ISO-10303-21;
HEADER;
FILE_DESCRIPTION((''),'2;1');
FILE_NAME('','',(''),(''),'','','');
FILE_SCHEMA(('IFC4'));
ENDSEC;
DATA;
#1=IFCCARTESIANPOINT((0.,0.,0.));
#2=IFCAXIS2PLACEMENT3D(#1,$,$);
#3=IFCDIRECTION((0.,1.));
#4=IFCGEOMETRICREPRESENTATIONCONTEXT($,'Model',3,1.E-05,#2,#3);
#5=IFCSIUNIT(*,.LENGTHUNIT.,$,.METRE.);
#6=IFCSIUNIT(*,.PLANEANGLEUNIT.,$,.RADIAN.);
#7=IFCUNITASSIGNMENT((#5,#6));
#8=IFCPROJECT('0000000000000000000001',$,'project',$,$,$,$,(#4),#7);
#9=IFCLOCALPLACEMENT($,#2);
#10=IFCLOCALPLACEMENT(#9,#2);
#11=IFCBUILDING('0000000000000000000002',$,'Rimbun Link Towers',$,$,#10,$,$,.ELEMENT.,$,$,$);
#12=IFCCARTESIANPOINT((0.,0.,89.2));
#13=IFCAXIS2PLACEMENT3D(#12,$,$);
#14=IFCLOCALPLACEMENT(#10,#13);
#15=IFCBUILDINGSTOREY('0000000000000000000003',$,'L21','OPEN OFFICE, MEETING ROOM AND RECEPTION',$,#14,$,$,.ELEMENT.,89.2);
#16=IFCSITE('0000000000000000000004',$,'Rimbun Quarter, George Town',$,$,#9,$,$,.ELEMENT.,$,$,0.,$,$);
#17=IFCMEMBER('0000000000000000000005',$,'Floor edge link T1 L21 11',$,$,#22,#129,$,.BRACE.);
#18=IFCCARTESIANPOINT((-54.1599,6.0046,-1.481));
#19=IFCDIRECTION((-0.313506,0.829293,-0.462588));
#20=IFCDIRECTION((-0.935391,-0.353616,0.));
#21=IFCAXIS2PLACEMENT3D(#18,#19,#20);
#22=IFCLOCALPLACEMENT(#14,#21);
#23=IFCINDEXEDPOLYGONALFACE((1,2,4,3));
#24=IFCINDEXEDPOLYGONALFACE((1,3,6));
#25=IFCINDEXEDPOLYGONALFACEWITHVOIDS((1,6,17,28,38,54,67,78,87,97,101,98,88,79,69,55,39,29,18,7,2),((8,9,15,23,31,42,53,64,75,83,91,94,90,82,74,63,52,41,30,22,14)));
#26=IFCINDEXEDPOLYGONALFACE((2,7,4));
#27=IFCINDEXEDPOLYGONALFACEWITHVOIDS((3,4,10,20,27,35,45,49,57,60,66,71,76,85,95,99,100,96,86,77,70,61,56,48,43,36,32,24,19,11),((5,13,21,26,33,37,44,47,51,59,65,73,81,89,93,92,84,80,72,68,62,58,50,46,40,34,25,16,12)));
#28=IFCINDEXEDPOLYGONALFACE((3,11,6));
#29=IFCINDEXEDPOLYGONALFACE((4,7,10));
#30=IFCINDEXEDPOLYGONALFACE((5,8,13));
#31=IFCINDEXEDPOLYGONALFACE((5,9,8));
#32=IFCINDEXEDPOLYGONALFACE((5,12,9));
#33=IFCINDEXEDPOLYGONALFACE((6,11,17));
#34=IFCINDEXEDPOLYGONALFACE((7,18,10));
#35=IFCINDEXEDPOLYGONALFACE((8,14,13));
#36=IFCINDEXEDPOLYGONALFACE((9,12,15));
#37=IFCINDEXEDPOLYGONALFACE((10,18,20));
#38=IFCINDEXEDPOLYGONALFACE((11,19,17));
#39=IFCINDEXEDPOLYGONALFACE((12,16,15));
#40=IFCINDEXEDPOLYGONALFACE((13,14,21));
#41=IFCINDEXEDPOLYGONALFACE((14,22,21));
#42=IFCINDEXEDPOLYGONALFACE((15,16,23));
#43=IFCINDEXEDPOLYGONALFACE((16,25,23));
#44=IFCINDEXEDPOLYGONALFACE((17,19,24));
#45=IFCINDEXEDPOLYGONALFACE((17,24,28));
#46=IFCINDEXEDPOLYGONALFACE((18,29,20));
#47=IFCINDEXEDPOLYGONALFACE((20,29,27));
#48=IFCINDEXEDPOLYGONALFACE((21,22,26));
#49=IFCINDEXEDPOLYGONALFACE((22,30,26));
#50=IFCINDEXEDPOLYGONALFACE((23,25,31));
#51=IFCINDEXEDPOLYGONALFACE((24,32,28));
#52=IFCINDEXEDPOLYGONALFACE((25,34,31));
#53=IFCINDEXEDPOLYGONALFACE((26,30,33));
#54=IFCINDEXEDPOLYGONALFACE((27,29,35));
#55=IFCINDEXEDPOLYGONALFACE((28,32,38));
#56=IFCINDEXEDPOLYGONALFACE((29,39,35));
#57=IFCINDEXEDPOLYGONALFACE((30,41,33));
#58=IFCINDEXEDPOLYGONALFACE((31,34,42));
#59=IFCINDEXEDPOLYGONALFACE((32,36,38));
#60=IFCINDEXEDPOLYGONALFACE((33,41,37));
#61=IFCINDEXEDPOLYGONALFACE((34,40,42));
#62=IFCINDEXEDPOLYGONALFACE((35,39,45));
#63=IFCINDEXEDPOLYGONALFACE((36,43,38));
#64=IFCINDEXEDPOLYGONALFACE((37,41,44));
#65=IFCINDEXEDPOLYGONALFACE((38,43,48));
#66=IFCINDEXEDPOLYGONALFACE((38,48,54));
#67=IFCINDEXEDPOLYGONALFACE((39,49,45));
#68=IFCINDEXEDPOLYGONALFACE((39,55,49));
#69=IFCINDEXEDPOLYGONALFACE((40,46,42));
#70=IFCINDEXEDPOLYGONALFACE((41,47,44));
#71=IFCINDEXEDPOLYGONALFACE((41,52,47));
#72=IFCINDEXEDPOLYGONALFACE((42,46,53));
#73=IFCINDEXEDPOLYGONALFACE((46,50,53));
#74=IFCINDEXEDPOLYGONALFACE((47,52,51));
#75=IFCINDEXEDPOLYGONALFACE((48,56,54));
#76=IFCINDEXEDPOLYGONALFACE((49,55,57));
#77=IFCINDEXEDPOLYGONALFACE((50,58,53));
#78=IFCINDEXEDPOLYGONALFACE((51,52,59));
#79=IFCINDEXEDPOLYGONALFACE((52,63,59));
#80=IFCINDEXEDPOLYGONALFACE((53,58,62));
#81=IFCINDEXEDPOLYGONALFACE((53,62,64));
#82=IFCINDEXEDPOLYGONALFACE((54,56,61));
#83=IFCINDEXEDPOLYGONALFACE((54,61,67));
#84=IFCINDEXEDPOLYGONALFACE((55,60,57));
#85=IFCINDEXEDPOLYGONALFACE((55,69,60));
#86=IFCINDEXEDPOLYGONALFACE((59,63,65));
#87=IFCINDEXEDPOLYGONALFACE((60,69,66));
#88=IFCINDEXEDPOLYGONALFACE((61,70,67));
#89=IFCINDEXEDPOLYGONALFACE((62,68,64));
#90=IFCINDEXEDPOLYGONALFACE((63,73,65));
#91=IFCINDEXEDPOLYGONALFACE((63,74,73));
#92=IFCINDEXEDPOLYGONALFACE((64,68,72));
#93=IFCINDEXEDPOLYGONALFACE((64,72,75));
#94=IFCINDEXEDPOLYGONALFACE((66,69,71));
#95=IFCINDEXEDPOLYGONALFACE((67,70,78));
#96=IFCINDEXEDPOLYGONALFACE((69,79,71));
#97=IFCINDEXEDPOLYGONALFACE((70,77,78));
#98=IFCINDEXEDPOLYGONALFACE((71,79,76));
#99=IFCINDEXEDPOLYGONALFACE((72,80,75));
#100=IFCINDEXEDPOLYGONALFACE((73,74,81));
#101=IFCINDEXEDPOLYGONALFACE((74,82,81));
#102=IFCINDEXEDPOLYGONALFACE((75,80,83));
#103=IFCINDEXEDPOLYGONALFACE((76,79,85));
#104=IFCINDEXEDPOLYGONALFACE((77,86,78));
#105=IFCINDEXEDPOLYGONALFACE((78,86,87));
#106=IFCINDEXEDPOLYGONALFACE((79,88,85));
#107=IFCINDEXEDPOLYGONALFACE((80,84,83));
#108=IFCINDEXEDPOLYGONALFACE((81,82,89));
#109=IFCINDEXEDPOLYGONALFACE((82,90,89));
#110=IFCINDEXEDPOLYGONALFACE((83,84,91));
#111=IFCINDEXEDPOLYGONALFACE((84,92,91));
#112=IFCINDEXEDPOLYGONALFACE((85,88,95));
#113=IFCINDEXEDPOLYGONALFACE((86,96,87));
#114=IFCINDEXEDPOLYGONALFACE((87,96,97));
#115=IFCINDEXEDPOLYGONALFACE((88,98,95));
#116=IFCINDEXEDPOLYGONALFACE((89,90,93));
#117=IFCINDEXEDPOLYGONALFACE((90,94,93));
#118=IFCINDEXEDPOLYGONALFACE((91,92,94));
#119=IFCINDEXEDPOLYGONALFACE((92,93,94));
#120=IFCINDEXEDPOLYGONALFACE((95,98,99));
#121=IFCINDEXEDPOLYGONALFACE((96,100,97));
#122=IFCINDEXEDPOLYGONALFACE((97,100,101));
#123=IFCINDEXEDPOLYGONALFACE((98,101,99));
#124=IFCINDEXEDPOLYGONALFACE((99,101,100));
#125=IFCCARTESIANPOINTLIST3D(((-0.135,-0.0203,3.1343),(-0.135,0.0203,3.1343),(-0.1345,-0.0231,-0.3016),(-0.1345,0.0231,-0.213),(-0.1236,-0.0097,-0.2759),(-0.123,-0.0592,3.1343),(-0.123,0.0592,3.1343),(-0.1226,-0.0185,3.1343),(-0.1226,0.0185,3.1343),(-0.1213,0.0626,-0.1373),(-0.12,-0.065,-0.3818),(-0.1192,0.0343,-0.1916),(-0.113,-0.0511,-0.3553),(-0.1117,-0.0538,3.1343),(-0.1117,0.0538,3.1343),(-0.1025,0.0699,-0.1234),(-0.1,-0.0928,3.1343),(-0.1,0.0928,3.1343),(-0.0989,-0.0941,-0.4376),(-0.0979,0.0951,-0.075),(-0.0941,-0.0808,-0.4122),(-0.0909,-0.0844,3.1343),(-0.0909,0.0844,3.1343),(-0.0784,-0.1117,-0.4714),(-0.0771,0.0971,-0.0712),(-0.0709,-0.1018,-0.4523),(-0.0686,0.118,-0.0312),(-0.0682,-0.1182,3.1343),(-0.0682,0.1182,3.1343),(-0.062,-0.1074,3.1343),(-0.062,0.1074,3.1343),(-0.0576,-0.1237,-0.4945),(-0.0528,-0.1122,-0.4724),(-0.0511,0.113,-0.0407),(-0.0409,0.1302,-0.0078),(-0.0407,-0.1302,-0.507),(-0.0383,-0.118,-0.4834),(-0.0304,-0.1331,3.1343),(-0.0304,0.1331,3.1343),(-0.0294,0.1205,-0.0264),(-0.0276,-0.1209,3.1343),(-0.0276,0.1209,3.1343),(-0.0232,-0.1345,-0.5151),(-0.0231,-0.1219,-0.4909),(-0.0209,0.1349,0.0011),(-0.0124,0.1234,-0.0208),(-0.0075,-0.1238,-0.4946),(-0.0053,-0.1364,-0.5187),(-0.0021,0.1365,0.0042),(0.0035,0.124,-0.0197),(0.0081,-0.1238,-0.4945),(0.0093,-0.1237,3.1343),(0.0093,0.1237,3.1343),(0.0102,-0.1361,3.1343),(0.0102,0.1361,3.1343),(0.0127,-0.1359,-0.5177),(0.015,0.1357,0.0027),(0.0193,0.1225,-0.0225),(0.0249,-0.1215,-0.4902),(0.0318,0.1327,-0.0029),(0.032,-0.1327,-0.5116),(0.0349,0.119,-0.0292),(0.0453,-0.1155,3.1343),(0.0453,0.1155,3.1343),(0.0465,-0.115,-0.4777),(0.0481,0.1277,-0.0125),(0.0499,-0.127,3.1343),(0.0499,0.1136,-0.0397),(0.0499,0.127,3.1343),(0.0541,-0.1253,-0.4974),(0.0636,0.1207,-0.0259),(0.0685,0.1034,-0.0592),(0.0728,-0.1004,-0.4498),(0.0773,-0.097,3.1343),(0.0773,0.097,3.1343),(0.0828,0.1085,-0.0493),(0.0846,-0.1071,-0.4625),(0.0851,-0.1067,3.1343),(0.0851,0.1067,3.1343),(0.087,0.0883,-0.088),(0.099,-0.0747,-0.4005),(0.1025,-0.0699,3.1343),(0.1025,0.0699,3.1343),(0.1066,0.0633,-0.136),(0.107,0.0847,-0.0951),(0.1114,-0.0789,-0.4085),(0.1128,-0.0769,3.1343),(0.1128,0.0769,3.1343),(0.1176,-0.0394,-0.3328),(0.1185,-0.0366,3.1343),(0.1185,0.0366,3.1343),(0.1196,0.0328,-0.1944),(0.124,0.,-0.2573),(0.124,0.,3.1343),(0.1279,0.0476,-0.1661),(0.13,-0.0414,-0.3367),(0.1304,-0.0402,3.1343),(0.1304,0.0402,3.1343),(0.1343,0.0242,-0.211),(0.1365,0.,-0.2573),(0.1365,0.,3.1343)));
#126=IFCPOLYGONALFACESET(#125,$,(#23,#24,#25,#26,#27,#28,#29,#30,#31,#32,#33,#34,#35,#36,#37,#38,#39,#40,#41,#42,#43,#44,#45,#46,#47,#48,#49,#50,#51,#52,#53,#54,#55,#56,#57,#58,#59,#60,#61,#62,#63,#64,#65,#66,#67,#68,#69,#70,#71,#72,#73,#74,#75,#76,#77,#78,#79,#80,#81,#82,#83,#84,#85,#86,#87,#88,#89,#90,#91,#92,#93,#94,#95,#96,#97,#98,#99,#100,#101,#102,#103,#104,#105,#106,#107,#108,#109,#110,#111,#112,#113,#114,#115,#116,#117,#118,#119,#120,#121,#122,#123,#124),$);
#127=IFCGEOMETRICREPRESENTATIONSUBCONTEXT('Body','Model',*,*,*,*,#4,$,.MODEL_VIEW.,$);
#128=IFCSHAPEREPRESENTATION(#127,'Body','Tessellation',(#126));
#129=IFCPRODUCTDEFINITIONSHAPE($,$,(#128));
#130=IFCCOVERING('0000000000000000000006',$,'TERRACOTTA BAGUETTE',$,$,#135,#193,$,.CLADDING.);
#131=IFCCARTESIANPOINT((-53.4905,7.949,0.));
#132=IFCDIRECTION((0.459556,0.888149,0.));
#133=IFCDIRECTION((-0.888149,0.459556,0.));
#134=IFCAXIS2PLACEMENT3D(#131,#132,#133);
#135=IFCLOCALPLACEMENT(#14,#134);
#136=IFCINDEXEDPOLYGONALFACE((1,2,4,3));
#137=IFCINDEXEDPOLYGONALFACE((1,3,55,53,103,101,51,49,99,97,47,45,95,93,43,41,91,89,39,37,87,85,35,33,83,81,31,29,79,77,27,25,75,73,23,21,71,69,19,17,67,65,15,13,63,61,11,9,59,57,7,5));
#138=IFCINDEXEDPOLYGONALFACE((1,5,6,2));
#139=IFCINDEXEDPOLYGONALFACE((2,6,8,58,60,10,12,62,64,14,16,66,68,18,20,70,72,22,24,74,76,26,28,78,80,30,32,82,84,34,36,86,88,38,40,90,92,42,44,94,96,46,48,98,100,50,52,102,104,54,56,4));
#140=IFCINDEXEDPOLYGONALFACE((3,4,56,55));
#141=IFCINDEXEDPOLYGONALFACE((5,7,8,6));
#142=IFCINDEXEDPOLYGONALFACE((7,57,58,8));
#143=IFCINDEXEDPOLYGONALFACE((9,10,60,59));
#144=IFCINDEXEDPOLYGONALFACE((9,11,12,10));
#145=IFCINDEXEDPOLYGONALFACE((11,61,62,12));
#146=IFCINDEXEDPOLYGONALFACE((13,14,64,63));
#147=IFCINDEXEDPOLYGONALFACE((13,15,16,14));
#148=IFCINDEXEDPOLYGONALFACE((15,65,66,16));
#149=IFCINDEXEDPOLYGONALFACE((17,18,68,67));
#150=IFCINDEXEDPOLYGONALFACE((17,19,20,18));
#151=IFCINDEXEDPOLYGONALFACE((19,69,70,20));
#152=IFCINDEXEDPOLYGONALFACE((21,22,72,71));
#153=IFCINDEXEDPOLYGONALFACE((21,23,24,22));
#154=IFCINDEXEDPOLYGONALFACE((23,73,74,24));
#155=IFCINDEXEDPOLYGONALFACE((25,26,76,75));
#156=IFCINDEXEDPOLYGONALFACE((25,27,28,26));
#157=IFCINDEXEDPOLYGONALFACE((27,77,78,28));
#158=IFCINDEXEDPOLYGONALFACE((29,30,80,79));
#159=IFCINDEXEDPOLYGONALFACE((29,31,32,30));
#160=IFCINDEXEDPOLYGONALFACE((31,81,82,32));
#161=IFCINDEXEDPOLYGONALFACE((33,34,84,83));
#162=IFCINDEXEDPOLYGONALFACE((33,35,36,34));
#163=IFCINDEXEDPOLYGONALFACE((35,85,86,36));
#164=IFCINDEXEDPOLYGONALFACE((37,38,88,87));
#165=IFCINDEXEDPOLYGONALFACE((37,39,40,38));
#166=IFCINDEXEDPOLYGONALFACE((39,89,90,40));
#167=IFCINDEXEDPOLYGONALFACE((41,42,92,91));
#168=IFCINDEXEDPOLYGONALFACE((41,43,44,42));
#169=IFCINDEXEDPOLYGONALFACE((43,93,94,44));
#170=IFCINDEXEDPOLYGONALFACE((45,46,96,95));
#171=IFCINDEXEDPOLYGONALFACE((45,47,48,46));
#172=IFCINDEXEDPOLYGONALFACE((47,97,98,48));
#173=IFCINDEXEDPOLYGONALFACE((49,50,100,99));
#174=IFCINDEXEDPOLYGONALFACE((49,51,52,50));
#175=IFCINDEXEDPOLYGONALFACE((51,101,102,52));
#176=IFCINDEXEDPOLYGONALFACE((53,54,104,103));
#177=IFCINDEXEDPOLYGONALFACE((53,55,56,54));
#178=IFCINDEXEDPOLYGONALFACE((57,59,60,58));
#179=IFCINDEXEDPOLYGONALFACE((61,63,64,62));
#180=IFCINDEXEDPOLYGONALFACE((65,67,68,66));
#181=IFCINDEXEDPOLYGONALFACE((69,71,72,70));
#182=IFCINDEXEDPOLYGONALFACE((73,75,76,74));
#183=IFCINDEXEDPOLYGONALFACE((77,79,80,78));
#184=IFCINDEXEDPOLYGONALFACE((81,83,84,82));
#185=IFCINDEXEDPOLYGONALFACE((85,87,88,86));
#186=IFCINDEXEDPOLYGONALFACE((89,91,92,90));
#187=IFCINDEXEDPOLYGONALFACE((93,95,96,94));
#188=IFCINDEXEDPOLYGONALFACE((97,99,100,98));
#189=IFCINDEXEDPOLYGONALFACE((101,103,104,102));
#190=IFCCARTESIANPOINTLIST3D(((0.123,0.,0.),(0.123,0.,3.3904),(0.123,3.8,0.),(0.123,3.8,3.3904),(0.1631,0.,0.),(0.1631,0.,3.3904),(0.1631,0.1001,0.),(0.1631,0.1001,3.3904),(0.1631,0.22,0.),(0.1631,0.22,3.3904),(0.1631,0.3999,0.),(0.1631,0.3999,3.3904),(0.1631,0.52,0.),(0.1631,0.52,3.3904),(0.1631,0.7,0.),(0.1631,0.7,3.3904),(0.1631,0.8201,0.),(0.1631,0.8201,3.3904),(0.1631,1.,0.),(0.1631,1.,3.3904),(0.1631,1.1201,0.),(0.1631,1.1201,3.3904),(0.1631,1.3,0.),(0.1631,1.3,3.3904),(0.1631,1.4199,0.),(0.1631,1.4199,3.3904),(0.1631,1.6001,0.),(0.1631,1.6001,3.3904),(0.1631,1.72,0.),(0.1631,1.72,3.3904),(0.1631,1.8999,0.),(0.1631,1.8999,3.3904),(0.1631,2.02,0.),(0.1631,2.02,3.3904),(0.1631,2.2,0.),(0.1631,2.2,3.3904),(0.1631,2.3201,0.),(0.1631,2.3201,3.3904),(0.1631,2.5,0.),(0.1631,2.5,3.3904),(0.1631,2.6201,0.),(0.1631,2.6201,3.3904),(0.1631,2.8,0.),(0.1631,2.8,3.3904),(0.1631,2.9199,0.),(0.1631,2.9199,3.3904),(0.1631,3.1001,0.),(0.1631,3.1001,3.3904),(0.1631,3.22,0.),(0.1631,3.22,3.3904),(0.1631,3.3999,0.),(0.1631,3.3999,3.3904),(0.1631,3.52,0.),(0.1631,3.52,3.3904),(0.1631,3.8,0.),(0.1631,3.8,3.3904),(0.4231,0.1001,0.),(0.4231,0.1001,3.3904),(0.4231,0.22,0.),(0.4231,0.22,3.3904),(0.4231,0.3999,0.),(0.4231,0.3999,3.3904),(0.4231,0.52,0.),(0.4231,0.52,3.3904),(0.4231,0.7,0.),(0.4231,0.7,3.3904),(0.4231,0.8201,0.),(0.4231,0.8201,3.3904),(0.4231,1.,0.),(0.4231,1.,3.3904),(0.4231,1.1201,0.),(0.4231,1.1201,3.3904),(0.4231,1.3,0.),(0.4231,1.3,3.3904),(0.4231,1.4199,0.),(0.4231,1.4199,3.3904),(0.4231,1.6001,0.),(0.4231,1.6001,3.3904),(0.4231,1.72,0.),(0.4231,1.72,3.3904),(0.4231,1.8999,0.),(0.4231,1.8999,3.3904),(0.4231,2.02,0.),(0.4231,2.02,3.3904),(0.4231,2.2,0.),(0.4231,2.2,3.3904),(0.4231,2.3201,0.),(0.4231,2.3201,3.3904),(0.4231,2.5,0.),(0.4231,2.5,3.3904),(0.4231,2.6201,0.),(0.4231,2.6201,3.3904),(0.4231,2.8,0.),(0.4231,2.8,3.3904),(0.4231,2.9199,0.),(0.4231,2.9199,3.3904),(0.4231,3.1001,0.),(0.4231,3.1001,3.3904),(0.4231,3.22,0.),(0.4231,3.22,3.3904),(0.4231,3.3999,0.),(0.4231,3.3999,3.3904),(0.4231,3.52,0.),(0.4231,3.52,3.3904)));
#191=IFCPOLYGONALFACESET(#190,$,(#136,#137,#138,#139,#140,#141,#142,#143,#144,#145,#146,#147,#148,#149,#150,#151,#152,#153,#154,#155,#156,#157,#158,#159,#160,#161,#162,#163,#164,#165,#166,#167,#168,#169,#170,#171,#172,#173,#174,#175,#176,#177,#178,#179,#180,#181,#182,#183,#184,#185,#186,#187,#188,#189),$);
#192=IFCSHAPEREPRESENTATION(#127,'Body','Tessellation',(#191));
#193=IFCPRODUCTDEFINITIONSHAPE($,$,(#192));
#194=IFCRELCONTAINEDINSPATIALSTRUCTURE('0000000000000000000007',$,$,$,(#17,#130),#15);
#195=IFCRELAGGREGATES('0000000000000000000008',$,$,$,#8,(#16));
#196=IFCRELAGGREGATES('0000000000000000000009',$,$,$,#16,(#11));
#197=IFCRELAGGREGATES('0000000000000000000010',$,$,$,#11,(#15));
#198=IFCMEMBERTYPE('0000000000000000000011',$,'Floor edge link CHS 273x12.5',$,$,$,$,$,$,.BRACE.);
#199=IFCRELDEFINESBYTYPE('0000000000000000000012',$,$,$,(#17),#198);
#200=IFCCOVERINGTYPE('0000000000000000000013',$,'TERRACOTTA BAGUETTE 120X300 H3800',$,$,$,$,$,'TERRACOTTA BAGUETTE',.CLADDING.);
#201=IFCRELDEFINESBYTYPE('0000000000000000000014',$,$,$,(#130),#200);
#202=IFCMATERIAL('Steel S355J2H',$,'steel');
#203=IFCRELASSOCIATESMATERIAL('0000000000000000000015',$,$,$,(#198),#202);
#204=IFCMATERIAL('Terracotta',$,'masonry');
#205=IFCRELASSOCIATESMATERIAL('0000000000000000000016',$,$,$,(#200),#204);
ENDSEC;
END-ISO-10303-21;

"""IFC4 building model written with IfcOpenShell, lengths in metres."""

from ifc_helpers import new_model, si_unit, direction, frame, origin, origin_2d, place, context, subcontext, project, spatial, polyline, hollow_circle, outline, extrude, clip, halfspace, material, material_profile, profile_set, type_object, element, save


model = new_model("IFC4")

# Units and contexts
model_context = context("Model", 3, precision=1e-05, world=origin(), true_north=direction((0.0, 1.0)))
body_context = subcontext(model_context, "Body", "Model", "MODEL_VIEW")
ifc_project = project(units=[si_unit("LENGTHUNIT", "METRE"), si_unit("PLANEANGLEUNIT", "RADIAN")], contexts=[model_context])

# Site, building, storey
site_placement = place(None, origin())
site = spatial("IfcSite", under=ifc_project, at=site_placement, Name="Rimbun Quarter, George Town", CompositionType="ELEMENT", RefElevation=0.0)
building_placement = place(site_placement, origin())
building = spatial("IfcBuilding", under=site, at=building_placement, Name="Rimbun Link Towers", CompositionType="ELEMENT")
storey_placement = place(building_placement, frame((0.0, 0.0, 89.2)))
storey = spatial("IfcBuildingStorey", under=building, at=storey_placement, Name="L21", Description="OPEN OFFICE, MEETING ROOM AND RECEPTION", CompositionType="ELEMENT", Elevation=89.2)

# Member
ifc_material_1 = material(Name="Steel S355J2H", Category="steel")
ifc_material_profile_1 = material_profile(ifc_material_1, hollow_circle(Radius=0.1365, WallThickness=0.0125, at=origin_2d()), Name="CHS 273x12.5")
ifc_profile_set_1 = profile_set([ifc_material_profile_1], Name="Steel S355J2H")
member_type_1 = type_object("IfcMemberType", Name="Floor edge link CHS 273x12.5", PredefinedType="BRACE", material=ifc_profile_set_1)
member_1_placement = place(storey_placement, frame((-54.1599, 6.0046, -1.481), z_axis=(-0.313506, 0.829293, -0.462588), x_axis=(-0.935391, -0.353616, 0.0)))
element("IfcMember", 1, at=member_1_placement, inside=storey, type_object=member_type_1, Name="Floor edge link T1 L21 11", PredefinedType="BRACE", context=body_context, shape_type="Clipping", body=[
    clip(extrude(hollow_circle(Radius=0.1365, WallThickness=0.0125, at=origin_2d()), frame((0.0, 0.0, -0.5449)), (0.0, 0.0, 1.0), 3.6792), halfspace(frame((0.0, 0.0, -0.2573), z_axis=(0.0, 0.886574, -0.462588)), False)),
])

# Covering
ifc_material_2 = material(Name="Terracotta", Category="masonry")
ifc_material_profile_2 = material_profile(ifc_material_2, outline(polyline([(0.123, 0.0), (0.1631, 0.0), (0.1631, 0.1001), (0.4231, 0.1001), (0.4231, 0.22), (0.1631, 0.22), (0.1631, 0.3999), (0.4231, 0.3999), (0.4231, 0.52), (0.1631, 0.52), (0.1631, 0.7), (0.4231, 0.7), (0.4231, 0.8201), (0.1631, 0.8201), (0.1631, 1.0), (0.4231, 1.0), (0.4231, 1.1201), (0.1631, 1.1201), (0.1631, 1.3), (0.4231, 1.3), (0.4231, 1.4199), (0.1631, 1.4199), (0.1631, 1.6001), (0.4231, 1.6001), (0.4231, 1.72), (0.1631, 1.72), (0.1631, 1.8999), (0.4231, 1.8999), (0.4231, 2.02), (0.1631, 2.02), (0.1631, 2.2), (0.4231, 2.2), (0.4231, 2.3201), (0.1631, 2.3201), (0.1631, 2.5), (0.4231, 2.5), (0.4231, 2.6201), (0.1631, 2.6201), (0.1631, 2.8), (0.4231, 2.8), (0.4231, 2.9199), (0.1631, 2.9199), (0.1631, 3.1001), (0.4231, 3.1001), (0.4231, 3.22), (0.1631, 3.22), (0.1631, 3.3999), (0.4231, 3.3999), (0.4231, 3.52), (0.1631, 3.52), (0.1631, 3.8), (0.123, 3.8), (0.123, 0.0)])), Name="BAGUETTE 120X300")
ifc_profile_set_2 = profile_set([ifc_material_profile_2], Name="Terracotta")
covering_type = type_object("IfcCoveringType", Name="TERRACOTTA BAGUETTE 120X300 H3800", ElementType="TERRACOTTA BAGUETTE", PredefinedType="CLADDING", material=ifc_profile_set_2)
covering_placement = place(storey_placement, frame((-53.4905, 7.949, 0.0), z_axis=(0.459556, 0.888149, 0.0), x_axis=(-0.888149, 0.459556, 0.0)))
element("IfcCovering", 2, at=covering_placement, inside=storey, type_object=covering_type, Name="TERRACOTTA BAGUETTE", PredefinedType="CLADDING", context=body_context, shape_type="SweptSolid", body=[
    extrude(outline(polyline([(0.123, 0.0), (0.1631, 0.0), (0.1631, 0.1001), (0.4231, 0.1001), (0.4231, 0.22), (0.1631, 0.22), (0.1631, 0.3999), (0.4231, 0.3999), (0.4231, 0.52), (0.1631, 0.52), (0.1631, 0.7), (0.4231, 0.7), (0.4231, 0.8201), (0.1631, 0.8201), (0.1631, 1.0), (0.4231, 1.0), (0.4231, 1.1201), (0.1631, 1.1201), (0.1631, 1.3), (0.4231, 1.3), (0.4231, 1.4199), (0.1631, 1.4199), (0.1631, 1.6001), (0.4231, 1.6001), (0.4231, 1.72), (0.1631, 1.72), (0.1631, 1.8999), (0.4231, 1.8999), (0.4231, 2.02), (0.1631, 2.02), (0.1631, 2.2), (0.4231, 2.2), (0.4231, 2.3201), (0.1631, 2.3201), (0.1631, 2.5), (0.4231, 2.5), (0.4231, 2.6201), (0.1631, 2.6201), (0.1631, 2.8), (0.4231, 2.8), (0.4231, 2.9199), (0.1631, 2.9199), (0.1631, 3.1001), (0.4231, 3.1001), (0.4231, 3.22), (0.1631, 3.22), (0.1631, 3.3999), (0.4231, 3.3999), (0.4231, 3.52), (0.1631, 3.52), (0.1631, 3.8), (0.123, 3.8), (0.123, 0.0)])), origin(), (0.0, 0.0, 1.0), 3.3904),
])

save(model, "model.ifc")
